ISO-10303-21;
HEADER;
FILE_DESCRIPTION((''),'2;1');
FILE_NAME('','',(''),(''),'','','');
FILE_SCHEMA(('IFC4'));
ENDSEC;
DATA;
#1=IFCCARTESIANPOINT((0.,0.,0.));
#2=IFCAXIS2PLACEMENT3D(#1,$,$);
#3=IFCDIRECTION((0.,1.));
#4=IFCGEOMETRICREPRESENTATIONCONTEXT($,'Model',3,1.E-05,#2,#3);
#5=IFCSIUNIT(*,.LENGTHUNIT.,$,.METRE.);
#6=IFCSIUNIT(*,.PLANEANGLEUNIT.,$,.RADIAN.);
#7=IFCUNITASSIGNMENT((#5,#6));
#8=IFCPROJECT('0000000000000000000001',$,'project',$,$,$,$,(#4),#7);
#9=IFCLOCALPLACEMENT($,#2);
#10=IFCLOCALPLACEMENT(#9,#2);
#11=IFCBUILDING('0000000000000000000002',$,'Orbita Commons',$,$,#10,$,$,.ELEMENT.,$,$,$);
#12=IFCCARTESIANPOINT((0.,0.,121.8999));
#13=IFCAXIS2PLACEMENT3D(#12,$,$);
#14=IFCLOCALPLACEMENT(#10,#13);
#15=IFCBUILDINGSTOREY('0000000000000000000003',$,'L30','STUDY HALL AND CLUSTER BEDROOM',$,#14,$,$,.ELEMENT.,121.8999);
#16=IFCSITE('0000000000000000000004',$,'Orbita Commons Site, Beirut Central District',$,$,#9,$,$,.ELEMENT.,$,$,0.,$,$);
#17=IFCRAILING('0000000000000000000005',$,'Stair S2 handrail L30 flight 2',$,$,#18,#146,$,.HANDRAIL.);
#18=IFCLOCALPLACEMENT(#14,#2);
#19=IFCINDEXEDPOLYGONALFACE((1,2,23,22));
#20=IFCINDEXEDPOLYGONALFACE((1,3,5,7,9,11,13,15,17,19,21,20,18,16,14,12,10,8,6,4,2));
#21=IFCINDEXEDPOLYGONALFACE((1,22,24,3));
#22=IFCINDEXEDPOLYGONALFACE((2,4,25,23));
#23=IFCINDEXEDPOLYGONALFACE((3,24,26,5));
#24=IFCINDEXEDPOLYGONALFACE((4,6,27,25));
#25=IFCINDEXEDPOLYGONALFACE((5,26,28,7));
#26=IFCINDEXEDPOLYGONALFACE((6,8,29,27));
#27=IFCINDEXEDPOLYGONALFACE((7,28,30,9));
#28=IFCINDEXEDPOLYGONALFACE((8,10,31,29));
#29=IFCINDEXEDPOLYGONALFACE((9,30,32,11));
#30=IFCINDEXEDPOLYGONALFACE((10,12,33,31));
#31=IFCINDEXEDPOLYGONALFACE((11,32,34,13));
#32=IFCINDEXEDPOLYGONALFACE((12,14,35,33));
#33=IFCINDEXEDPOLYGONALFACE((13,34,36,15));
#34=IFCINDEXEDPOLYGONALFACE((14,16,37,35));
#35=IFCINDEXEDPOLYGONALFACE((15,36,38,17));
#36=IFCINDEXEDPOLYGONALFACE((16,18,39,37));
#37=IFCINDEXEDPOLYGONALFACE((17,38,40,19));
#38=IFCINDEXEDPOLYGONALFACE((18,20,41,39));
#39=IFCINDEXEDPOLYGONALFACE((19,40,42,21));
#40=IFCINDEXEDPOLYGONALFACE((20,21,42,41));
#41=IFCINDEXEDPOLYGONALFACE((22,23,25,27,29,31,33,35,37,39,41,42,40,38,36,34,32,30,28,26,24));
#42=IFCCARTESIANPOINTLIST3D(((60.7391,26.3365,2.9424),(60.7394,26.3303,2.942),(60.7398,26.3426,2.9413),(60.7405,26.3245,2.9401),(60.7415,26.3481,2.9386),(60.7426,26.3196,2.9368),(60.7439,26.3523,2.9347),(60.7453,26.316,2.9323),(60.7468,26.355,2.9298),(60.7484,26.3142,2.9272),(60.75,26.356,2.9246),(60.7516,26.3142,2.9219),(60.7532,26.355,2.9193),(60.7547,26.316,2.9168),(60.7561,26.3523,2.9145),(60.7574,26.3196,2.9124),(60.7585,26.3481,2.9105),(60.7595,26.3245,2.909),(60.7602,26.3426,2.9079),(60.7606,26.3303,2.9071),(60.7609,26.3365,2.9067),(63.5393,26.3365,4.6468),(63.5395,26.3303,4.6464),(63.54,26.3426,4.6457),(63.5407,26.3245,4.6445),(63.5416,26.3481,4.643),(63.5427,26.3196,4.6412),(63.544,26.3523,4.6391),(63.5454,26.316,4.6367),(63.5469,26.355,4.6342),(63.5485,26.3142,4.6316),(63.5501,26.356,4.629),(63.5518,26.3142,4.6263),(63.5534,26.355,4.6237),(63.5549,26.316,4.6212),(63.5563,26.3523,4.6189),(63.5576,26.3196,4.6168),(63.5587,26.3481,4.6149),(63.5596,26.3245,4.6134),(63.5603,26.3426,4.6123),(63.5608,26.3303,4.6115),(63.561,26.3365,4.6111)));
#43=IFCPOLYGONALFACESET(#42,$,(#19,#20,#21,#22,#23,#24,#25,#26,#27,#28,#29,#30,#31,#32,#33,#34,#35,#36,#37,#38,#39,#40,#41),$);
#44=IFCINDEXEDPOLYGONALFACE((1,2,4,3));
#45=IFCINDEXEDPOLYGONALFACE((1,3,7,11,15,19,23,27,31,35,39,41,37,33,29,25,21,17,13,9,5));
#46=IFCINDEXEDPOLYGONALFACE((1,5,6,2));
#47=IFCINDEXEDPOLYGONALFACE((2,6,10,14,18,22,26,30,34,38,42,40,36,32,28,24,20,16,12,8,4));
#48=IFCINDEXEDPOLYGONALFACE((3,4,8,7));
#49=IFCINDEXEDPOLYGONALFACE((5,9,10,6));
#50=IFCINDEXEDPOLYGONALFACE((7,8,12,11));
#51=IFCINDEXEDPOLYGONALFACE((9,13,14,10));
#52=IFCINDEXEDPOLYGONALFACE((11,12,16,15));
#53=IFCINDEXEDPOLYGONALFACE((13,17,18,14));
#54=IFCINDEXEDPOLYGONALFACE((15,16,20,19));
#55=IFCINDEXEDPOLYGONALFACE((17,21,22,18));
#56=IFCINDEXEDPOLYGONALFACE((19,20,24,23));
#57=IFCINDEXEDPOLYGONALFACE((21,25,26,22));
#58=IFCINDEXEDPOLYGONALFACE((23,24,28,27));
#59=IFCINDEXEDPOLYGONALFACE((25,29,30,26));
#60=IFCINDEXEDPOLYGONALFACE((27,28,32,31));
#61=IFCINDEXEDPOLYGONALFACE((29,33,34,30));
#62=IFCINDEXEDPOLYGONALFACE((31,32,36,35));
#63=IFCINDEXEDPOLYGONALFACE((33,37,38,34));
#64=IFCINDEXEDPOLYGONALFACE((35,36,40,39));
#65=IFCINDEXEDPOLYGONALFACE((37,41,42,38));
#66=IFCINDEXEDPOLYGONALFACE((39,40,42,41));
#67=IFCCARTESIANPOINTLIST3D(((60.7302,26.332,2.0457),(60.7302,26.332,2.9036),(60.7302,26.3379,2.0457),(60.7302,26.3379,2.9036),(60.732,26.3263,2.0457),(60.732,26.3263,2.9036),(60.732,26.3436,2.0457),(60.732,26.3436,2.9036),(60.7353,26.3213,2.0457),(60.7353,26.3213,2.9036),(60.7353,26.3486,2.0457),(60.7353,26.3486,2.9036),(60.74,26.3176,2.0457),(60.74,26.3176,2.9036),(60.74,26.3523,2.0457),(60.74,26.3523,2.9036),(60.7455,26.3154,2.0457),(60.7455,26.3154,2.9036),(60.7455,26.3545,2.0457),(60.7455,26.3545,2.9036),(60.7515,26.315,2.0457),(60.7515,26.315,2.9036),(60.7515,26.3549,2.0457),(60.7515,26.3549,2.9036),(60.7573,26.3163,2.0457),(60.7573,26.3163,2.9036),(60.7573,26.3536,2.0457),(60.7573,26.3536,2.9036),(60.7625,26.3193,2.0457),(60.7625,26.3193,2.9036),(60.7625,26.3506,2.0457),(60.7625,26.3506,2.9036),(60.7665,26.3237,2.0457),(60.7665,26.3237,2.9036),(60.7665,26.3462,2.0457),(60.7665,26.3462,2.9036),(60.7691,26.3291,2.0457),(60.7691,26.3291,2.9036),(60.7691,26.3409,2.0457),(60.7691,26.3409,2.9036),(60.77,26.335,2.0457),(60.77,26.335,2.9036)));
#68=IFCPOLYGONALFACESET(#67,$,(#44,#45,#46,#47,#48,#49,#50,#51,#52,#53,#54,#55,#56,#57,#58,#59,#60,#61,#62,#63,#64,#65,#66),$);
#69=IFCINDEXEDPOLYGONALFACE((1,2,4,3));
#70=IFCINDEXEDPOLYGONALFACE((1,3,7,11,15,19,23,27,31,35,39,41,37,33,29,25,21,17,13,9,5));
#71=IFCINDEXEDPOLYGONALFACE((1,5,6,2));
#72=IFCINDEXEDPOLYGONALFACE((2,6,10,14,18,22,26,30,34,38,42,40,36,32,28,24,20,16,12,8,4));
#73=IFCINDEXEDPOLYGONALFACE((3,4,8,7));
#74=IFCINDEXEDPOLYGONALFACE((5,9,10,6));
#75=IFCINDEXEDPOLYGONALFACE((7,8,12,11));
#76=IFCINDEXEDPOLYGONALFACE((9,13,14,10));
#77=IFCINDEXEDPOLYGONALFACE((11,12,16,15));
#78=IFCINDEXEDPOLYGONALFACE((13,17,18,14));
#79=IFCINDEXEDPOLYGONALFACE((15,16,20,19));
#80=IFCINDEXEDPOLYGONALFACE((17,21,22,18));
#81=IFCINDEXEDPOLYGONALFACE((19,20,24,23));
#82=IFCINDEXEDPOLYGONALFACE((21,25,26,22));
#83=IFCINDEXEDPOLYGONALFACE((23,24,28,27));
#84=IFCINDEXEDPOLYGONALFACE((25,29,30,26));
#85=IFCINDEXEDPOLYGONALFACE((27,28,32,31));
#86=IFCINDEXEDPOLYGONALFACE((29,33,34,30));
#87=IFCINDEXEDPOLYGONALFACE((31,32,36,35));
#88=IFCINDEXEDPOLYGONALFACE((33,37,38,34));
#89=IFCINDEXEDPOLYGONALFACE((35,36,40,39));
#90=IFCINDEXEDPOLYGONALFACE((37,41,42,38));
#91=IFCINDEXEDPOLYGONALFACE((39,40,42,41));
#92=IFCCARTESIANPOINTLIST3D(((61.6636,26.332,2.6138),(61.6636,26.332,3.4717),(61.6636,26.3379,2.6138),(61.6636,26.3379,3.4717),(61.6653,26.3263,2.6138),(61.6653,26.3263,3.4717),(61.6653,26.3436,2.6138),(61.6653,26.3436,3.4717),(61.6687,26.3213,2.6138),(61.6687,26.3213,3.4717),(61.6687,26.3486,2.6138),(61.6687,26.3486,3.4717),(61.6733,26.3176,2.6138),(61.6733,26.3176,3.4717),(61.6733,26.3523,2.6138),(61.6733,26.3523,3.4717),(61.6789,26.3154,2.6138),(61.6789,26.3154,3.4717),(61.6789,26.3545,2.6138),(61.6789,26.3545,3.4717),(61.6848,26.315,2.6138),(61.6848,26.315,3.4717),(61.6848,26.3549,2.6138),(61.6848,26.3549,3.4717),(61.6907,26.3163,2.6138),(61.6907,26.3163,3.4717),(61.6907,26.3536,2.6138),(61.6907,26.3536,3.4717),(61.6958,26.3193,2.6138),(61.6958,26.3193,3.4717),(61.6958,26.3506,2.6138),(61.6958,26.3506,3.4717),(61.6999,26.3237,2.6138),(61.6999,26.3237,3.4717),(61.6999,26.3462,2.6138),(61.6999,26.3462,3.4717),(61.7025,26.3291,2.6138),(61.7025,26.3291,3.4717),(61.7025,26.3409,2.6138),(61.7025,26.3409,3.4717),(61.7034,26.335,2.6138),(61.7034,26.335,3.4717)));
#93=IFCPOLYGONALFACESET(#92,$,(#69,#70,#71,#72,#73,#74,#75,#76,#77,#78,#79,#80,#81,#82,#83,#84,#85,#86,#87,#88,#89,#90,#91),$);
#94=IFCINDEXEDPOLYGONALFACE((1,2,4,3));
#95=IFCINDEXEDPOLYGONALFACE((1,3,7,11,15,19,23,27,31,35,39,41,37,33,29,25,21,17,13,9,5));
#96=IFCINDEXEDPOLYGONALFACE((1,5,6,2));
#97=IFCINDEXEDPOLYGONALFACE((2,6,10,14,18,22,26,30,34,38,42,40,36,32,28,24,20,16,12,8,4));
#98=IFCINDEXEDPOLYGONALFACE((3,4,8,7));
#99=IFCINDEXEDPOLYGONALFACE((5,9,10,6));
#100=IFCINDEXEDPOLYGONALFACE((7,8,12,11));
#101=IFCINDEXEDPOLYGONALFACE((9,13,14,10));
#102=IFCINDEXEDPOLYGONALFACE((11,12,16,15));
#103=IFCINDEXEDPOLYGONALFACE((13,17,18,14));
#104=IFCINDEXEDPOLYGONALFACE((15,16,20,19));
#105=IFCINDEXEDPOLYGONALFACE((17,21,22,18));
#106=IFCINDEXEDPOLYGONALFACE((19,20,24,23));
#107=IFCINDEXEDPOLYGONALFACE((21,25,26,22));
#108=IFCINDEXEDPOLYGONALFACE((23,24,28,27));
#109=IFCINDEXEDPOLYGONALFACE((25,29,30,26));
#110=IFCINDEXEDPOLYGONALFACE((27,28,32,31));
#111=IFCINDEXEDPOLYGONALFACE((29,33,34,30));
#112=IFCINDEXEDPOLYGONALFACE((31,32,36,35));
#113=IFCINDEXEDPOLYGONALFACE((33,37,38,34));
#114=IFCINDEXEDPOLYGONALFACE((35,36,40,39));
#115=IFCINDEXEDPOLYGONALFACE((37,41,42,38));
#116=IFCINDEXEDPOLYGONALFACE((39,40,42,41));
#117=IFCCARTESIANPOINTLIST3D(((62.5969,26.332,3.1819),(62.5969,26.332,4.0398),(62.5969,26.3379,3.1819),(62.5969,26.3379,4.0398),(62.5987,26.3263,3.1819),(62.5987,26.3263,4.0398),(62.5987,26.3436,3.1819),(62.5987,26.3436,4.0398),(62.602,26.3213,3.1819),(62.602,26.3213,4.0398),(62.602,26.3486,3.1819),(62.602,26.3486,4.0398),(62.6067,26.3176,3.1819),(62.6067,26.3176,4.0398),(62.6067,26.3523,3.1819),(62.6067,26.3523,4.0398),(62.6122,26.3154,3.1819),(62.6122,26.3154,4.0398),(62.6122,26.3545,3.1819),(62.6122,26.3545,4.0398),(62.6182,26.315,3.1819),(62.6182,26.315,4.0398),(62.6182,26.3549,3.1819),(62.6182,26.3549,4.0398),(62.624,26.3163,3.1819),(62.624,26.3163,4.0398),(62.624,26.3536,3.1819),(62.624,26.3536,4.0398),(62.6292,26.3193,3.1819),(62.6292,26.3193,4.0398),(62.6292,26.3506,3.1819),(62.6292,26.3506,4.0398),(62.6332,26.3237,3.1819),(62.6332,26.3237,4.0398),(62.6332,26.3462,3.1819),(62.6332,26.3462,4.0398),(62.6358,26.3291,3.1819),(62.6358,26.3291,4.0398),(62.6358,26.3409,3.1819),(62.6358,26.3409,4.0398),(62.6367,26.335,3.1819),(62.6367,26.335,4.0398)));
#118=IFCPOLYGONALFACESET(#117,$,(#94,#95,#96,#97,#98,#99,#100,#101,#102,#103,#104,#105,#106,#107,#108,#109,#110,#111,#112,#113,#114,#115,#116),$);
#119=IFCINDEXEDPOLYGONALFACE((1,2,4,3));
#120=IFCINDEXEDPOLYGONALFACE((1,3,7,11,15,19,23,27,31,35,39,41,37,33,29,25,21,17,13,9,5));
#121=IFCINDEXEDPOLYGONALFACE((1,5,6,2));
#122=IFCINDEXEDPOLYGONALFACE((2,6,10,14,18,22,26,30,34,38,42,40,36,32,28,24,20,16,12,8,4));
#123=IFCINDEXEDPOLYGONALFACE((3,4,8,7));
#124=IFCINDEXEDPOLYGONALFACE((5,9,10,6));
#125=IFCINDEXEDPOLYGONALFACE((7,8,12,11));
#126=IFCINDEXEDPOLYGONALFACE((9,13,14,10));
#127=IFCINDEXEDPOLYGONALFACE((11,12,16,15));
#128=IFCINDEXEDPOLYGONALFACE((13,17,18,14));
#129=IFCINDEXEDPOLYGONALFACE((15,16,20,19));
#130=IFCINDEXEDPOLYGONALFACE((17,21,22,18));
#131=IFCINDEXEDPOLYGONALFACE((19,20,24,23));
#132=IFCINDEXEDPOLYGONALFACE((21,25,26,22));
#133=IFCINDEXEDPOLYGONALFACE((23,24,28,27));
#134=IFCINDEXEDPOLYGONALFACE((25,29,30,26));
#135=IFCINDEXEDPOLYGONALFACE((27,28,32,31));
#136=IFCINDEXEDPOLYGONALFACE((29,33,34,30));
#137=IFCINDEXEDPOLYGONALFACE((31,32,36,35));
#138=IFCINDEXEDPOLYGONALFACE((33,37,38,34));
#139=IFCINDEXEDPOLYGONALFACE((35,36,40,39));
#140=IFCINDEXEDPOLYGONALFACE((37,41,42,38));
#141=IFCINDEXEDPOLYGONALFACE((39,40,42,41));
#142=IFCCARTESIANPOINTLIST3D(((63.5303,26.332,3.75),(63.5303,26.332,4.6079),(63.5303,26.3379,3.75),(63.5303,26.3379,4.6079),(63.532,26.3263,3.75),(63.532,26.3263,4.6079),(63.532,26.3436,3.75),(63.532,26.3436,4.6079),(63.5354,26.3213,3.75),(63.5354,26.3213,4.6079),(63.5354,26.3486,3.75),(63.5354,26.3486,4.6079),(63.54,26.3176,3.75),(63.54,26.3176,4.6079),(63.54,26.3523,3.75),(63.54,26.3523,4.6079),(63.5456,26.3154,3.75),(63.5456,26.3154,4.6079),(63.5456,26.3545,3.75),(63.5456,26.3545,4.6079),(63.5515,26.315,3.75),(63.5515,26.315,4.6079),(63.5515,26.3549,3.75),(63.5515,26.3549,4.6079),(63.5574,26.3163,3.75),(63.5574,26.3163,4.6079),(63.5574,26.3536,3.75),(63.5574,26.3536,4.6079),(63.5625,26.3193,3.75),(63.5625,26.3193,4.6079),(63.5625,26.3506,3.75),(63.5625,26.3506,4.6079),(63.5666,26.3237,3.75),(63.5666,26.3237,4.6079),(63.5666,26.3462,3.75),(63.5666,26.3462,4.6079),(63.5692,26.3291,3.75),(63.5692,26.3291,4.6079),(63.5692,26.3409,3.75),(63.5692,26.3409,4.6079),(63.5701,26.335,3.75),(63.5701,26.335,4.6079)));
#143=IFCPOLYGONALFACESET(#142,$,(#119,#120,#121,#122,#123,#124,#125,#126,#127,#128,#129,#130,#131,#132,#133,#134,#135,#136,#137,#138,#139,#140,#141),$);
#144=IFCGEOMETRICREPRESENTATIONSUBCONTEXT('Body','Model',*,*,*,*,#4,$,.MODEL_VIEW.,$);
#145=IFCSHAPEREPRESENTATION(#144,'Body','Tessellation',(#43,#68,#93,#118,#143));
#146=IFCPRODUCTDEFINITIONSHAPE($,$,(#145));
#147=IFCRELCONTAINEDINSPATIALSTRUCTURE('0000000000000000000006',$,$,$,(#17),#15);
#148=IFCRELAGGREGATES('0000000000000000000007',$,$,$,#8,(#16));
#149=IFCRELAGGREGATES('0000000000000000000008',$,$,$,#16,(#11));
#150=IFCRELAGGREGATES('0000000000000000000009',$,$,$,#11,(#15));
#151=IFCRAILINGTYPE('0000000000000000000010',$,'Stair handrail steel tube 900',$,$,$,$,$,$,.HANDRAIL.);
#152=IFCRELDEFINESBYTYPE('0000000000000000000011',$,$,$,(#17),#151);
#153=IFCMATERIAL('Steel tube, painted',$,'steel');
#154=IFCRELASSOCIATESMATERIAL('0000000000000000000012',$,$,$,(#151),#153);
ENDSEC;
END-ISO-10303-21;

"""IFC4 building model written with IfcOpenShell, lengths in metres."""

from ifc_helpers import new_model, si_unit, direction, frame, origin, origin_2d, place, context, subcontext, project, spatial, circle, extrude, material, type_object, element, save


model = new_model("IFC4")

# Units and contexts
model_context = context("Model", 3, precision=1e-05, world=origin(), true_north=direction((0.0, 1.0)))
body_context = subcontext(model_context, "Body", "Model", "MODEL_VIEW")
ifc_project = project(units=[si_unit("LENGTHUNIT", "METRE"), si_unit("PLANEANGLEUNIT", "RADIAN")], contexts=[model_context])

# Site, building, storey
site_placement = place(None, origin())
site = spatial("IfcSite", under=ifc_project, at=site_placement, Name="Orbita Commons Site, Beirut Central District", CompositionType="ELEMENT", RefElevation=0.0)
building_placement = place(site_placement, origin())
building = spatial("IfcBuilding", under=site, at=building_placement, Name="Orbita Commons", CompositionType="ELEMENT")
storey_placement = place(building_placement, frame((0.0, 0.0, 121.8999)))
storey = spatial("IfcBuildingStorey", under=building, at=storey_placement, Name="L30", Description="STUDY HALL AND CLUSTER BEDROOM", CompositionType="ELEMENT", Elevation=121.8999)

# Railing
ifc_material_1 = material(Name="Steel tube, painted", Category="steel")
railing_type = type_object("IfcRailingType", Name="Stair handrail steel tube 900", PredefinedType="HANDRAIL", material=ifc_material_1)
for number, where, name in (
    (1, (60.75, 26.335, 2.0457), "Stair S2 handrail L30 flight 2"),
):
    element("IfcRailing", number, at=place(storey_placement, frame(where)), inside=storey, type_object=railing_type, Name=name, PredefinedType="HANDRAIL", context=body_context, shape_type="SweptSolid", body=[
        extrude(circle(Radius=0.021, at=origin_2d()), frame((0.0, 0.0, 0.8789), z_axis=(0.854203, 0.0, 0.51994), x_axis=(0.0, 1.0, 0.0)), (0.0, 0.0, 1.0), 3.2781),
        extrude(circle(Radius=0.02, at=origin_2d()), origin(), (0.0, 0.0, 1.0), 0.8579),
        extrude(circle(Radius=0.02, at=origin_2d()), frame((0.9333, 0.0, 0.5681)), (0.0, 0.0, 1.0), 0.8579),
        extrude(circle(Radius=0.02, at=origin_2d()), frame((1.8667, 0.0, 1.1362)), (0.0, 0.0, 1.0), 0.8579),
        extrude(circle(Radius=0.02, at=origin_2d()), frame((2.8, 0.0, 1.7043)), (0.0, 0.0, 1.0), 0.8579),
    ])

save(model, "model.ifc")
